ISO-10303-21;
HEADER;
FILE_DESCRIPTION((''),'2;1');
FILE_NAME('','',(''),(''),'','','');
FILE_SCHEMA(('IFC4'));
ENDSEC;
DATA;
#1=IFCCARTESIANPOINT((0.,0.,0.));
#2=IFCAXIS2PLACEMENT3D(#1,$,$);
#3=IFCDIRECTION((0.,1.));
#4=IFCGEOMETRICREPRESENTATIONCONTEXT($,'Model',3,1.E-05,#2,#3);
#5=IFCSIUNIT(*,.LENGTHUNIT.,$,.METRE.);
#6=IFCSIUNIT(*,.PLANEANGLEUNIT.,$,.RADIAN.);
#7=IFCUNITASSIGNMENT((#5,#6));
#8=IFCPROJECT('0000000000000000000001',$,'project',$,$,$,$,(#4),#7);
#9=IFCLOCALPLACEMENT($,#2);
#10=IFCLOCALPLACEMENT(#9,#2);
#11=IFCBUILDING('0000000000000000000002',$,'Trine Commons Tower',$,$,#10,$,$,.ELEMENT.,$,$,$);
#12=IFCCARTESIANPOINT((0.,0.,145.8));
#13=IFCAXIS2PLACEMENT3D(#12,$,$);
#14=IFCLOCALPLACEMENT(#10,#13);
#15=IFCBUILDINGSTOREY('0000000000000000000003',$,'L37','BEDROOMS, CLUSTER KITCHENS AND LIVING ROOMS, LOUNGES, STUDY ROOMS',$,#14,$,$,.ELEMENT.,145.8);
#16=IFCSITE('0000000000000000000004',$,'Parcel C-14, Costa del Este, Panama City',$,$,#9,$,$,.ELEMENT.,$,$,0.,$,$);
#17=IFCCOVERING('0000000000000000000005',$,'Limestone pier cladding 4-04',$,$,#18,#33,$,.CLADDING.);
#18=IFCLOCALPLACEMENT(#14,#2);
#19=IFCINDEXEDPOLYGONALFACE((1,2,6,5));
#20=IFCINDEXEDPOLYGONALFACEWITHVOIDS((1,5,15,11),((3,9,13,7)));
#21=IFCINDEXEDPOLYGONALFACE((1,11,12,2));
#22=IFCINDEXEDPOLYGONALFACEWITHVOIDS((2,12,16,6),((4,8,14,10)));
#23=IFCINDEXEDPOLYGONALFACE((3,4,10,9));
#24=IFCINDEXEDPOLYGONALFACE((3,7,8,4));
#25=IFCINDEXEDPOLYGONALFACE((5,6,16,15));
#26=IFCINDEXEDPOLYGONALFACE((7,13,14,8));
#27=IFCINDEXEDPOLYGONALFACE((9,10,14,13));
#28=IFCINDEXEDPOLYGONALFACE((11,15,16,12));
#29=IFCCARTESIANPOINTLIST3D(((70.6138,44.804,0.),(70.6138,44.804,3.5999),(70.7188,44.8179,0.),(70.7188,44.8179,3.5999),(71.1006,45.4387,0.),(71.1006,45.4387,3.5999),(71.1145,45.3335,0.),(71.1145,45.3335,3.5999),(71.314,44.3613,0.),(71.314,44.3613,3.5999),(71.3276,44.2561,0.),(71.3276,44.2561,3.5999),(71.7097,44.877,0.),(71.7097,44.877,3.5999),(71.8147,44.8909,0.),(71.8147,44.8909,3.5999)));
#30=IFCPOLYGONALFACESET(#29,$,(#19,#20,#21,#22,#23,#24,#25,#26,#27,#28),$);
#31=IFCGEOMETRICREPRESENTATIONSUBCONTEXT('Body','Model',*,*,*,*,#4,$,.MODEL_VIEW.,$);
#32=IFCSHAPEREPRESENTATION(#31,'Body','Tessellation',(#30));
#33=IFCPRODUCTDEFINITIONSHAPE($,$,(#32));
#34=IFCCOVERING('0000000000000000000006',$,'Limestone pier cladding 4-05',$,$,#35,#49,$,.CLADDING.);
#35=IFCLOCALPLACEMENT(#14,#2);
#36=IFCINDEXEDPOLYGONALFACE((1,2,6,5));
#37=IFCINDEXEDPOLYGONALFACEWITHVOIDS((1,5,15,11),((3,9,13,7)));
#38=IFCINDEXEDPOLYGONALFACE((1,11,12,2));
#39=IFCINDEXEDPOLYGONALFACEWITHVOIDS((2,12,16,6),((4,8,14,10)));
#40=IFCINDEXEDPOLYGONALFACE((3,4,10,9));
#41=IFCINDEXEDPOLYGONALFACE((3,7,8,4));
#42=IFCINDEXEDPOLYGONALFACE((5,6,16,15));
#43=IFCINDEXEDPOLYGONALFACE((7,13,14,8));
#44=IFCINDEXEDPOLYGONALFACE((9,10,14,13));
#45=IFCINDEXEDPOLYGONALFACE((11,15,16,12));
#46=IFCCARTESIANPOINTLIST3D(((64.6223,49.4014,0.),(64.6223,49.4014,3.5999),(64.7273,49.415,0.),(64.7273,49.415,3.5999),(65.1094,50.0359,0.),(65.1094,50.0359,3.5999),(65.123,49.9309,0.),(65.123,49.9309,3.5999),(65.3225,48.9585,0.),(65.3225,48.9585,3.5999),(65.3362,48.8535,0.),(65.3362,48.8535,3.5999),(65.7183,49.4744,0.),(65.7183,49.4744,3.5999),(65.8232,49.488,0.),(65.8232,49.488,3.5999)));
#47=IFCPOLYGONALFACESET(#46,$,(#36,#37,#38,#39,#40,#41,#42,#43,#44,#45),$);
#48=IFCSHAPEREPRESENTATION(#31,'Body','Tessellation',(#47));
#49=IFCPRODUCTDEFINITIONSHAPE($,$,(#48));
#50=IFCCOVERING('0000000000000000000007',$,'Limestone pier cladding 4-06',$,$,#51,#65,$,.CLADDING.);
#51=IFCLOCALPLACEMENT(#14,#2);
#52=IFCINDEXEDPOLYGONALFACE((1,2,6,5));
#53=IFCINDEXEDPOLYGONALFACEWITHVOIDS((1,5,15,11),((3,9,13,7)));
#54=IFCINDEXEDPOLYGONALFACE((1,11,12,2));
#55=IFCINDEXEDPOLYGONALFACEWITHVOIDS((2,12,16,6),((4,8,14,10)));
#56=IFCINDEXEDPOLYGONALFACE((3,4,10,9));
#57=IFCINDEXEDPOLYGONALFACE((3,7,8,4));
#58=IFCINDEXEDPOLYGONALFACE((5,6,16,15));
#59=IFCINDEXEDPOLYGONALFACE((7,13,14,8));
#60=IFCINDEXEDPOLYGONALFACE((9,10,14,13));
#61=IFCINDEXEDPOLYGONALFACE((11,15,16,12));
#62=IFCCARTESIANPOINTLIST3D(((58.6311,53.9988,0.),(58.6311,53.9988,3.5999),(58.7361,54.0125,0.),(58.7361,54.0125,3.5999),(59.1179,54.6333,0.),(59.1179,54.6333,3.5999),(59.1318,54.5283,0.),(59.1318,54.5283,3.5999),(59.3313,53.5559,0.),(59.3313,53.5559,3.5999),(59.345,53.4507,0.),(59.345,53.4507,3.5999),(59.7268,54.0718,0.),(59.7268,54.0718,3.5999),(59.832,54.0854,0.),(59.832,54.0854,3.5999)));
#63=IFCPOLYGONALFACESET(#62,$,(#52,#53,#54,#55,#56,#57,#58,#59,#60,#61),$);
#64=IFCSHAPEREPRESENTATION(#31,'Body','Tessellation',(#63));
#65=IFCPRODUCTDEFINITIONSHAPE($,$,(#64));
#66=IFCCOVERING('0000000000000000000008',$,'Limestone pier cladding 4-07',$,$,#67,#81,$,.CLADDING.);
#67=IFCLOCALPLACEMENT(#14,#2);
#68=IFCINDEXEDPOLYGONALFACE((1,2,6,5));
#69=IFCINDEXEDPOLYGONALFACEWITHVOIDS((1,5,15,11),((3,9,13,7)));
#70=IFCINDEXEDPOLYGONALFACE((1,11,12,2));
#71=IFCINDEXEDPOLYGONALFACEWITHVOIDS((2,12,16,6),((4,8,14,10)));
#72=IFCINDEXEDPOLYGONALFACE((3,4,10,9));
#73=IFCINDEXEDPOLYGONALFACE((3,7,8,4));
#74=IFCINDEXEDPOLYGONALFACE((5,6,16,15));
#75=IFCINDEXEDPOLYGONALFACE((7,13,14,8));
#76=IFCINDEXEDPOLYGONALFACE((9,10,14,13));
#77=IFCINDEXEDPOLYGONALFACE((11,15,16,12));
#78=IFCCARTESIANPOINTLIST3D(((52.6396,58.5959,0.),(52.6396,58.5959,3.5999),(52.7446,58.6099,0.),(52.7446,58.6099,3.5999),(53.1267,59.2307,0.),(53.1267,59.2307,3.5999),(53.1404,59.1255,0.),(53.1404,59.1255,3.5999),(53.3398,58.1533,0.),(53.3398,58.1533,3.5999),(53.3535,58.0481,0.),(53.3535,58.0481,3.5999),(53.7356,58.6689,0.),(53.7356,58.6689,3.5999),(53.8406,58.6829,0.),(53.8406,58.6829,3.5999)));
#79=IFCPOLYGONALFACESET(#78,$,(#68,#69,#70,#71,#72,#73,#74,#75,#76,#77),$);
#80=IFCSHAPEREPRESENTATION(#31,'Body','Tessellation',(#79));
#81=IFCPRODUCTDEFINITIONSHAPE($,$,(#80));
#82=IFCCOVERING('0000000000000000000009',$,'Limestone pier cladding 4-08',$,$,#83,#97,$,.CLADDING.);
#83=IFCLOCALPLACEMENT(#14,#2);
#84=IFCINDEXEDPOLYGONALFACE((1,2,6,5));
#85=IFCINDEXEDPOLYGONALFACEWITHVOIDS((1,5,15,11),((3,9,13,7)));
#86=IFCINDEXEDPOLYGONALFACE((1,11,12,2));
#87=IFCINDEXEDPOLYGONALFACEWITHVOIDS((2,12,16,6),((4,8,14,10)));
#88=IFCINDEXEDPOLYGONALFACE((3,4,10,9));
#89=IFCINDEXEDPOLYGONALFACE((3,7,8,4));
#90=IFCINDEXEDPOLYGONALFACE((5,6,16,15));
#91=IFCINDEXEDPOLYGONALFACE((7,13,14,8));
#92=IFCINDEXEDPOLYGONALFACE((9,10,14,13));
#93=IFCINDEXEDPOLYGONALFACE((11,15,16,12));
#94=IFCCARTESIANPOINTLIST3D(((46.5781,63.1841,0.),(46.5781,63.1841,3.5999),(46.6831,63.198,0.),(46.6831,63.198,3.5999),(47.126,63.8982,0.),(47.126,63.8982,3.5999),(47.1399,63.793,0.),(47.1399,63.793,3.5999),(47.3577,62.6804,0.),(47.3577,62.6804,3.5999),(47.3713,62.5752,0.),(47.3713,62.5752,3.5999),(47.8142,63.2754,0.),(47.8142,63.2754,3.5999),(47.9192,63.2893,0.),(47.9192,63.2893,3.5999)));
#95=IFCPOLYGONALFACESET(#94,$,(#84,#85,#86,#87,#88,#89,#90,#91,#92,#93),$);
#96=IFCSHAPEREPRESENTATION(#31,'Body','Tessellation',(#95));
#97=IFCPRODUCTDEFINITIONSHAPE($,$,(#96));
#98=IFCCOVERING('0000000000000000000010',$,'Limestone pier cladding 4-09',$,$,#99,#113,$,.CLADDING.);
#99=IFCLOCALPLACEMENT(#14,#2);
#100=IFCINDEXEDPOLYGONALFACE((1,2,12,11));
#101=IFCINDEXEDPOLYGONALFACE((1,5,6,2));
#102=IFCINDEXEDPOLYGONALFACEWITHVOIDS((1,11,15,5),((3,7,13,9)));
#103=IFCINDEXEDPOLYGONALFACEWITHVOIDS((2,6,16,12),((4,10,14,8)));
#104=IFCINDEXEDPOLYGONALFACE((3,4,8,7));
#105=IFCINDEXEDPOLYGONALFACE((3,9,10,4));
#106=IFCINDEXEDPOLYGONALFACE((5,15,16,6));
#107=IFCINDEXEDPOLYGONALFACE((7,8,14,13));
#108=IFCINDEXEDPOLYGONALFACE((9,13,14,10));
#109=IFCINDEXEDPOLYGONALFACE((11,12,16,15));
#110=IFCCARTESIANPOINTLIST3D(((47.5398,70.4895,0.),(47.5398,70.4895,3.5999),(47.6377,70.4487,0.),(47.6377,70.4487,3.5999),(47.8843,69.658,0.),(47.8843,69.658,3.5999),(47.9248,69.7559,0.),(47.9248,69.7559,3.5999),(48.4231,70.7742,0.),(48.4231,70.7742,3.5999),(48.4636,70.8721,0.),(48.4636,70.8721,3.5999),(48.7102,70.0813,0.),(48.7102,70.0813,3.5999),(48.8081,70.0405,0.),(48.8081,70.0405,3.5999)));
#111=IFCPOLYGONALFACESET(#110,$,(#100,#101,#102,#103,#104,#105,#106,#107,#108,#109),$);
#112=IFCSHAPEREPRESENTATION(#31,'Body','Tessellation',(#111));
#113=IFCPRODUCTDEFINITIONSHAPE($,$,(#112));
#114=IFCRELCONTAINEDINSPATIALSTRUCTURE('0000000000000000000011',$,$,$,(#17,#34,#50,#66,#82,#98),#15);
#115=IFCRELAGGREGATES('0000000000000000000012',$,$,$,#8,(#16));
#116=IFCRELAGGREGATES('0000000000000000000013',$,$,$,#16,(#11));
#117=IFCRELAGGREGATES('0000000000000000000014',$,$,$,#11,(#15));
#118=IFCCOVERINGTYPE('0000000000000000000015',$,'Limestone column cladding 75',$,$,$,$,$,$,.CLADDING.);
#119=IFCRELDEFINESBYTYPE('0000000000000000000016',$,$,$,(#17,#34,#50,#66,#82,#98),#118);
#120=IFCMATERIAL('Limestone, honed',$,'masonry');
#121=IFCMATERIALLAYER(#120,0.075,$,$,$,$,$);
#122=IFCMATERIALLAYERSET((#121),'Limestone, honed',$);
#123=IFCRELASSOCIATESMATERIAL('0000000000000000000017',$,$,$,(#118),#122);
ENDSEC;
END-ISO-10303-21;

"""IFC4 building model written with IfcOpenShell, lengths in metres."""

from ifc_helpers import new_model, si_unit, direction, frame, origin, place, context, subcontext, project, spatial, polyline, outline, extrude, material, layer, layer_set, type_object, element, save


model = new_model("IFC4")

# Units and contexts
model_context = context("Model", 3, precision=1e-05, world=origin(), true_north=direction((0.0, 1.0)))
body_context = subcontext(model_context, "Body", "Model", "MODEL_VIEW")
ifc_project = project(units=[si_unit("LENGTHUNIT", "METRE"), si_unit("PLANEANGLEUNIT", "RADIAN")], contexts=[model_context])

# Site, building, storey
site_placement = place(None, origin())
site = spatial("IfcSite", under=ifc_project, at=site_placement, Name="Parcel C-14, Costa del Este, Panama City", CompositionType="ELEMENT", RefElevation=0.0)
building_placement = place(site_placement, origin())
building = spatial("IfcBuilding", under=site, at=building_placement, Name="Trine Commons Tower", CompositionType="ELEMENT")
storey_placement = place(building_placement, frame((0.0, 0.0, 145.8)))
storey = spatial("IfcBuildingStorey", under=building, at=storey_placement, Name="L37", Description="BEDROOMS, CLUSTER KITCHENS AND LIVING ROOMS, LOUNGES, STUDY ROOMS", CompositionType="ELEMENT", Elevation=145.8)

# Coverings
ifc_material_1 = material(Name="Limestone, honed", Category="masonry")
ifc_layer_1 = layer(ifc_material_1, 0.075)
ifc_layer_set_1 = layer_set([ifc_layer_1], Name="Limestone, honed")
covering_type_1 = type_object("IfcCoveringType", Name="Limestone column cladding 75", PredefinedType="CLADDING", material=ifc_layer_set_1)
covering_1_placement = place(storey_placement, origin())
element("IfcCovering", 1, at=covering_1_placement, inside=storey, type_object=covering_type_1, Name="Limestone pier cladding 4-04", PredefinedType="CLADDING", context=body_context, shape_type="SweptSolid", body=[
    extrude(outline(polyline([(71.1006, 45.4387), (70.6138, 44.804), (71.3276, 44.2561), (71.8147, 44.8909), (71.1006, 45.4387)]), holes=[polyline([(71.1145, 45.3335), (70.7188, 44.8179), (71.314, 44.3613), (71.7097, 44.877), (71.1145, 45.3335)])]), origin(), (0.0, 0.0, 1.0), 3.5999),
])
covering_2_placement = place(storey_placement, origin())
element("IfcCovering", 2, at=covering_2_placement, inside=storey, type_object=covering_type_1, Name="Limestone pier cladding 4-05", PredefinedType="CLADDING", context=body_context, shape_type="SweptSolid", body=[
    extrude(outline(polyline([(65.1094, 50.0359), (64.6223, 49.4014), (65.3362, 48.8535), (65.8232, 49.488), (65.1094, 50.0359)]), holes=[polyline([(65.123, 49.9309), (64.7273, 49.415), (65.3225, 48.9585), (65.7183, 49.4744), (65.123, 49.9309)])]), origin(), (0.0, 0.0, 1.0), 3.5999),
])
covering_3_placement = place(storey_placement, origin())
element("IfcCovering", 3, at=covering_3_placement, inside=storey, type_object=covering_type_1, Name="Limestone pier cladding 4-06", PredefinedType="CLADDING", context=body_context, shape_type="SweptSolid", body=[
    extrude(outline(polyline([(59.1179, 54.6333), (58.6311, 53.9988), (59.345, 53.4507), (59.832, 54.0854), (59.1179, 54.6333)]), holes=[polyline([(59.1318, 54.5283), (58.7361, 54.0125), (59.3313, 53.5559), (59.7268, 54.0718), (59.1318, 54.5283)])]), origin(), (0.0, 0.0, 1.0), 3.5999),
])
covering_4_placement = place(storey_placement, origin())
element("IfcCovering", 4, at=covering_4_placement, inside=storey, type_object=covering_type_1, Name="Limestone pier cladding 4-07", PredefinedType="CLADDING", context=body_context, shape_type="SweptSolid", body=[
    extrude(outline(polyline([(53.1267, 59.2307), (52.6396, 58.5959), (53.3535, 58.0481), (53.8406, 58.6829), (53.1267, 59.2307)]), holes=[polyline([(53.1404, 59.1255), (52.7446, 58.6099), (53.3398, 58.1533), (53.7356, 58.6689), (53.1404, 59.1255)])]), origin(), (0.0, 0.0, 1.0), 3.5999),
])
covering_5_placement = place(storey_placement, origin())
element("IfcCovering", 5, at=covering_5_placement, inside=storey, type_object=covering_type_1, Name="Limestone pier cladding 4-08", PredefinedType="CLADDING", context=body_context, shape_type="SweptSolid", body=[
    extrude(outline(polyline([(47.126, 63.8982), (46.5781, 63.1841), (47.3713, 62.5752), (47.9192, 63.2893), (47.126, 63.8982)]), holes=[polyline([(47.1399, 63.793), (46.6831, 63.198), (47.3577, 62.6804), (47.8142, 63.2754), (47.1399, 63.793)])]), origin(), (0.0, 0.0, 1.0), 3.5999),
])
covering_6_placement = place(storey_placement, origin())
element("IfcCovering", 6, at=covering_6_placement, inside=storey, type_object=covering_type_1, Name="Limestone pier cladding 4-09", PredefinedType="CLADDING", context=body_context, shape_type="SweptSolid", body=[
    extrude(outline(polyline([(48.8081, 70.0405), (48.4636, 70.8721), (47.5398, 70.4895), (47.8843, 69.658), (48.8081, 70.0405)]), holes=[polyline([(48.7102, 70.0813), (48.4231, 70.7742), (47.6377, 70.4487), (47.9248, 69.7559), (48.7102, 70.0813)])]), origin(), (0.0, 0.0, 1.0), 3.5999),
])

save(model, "model.ifc")
